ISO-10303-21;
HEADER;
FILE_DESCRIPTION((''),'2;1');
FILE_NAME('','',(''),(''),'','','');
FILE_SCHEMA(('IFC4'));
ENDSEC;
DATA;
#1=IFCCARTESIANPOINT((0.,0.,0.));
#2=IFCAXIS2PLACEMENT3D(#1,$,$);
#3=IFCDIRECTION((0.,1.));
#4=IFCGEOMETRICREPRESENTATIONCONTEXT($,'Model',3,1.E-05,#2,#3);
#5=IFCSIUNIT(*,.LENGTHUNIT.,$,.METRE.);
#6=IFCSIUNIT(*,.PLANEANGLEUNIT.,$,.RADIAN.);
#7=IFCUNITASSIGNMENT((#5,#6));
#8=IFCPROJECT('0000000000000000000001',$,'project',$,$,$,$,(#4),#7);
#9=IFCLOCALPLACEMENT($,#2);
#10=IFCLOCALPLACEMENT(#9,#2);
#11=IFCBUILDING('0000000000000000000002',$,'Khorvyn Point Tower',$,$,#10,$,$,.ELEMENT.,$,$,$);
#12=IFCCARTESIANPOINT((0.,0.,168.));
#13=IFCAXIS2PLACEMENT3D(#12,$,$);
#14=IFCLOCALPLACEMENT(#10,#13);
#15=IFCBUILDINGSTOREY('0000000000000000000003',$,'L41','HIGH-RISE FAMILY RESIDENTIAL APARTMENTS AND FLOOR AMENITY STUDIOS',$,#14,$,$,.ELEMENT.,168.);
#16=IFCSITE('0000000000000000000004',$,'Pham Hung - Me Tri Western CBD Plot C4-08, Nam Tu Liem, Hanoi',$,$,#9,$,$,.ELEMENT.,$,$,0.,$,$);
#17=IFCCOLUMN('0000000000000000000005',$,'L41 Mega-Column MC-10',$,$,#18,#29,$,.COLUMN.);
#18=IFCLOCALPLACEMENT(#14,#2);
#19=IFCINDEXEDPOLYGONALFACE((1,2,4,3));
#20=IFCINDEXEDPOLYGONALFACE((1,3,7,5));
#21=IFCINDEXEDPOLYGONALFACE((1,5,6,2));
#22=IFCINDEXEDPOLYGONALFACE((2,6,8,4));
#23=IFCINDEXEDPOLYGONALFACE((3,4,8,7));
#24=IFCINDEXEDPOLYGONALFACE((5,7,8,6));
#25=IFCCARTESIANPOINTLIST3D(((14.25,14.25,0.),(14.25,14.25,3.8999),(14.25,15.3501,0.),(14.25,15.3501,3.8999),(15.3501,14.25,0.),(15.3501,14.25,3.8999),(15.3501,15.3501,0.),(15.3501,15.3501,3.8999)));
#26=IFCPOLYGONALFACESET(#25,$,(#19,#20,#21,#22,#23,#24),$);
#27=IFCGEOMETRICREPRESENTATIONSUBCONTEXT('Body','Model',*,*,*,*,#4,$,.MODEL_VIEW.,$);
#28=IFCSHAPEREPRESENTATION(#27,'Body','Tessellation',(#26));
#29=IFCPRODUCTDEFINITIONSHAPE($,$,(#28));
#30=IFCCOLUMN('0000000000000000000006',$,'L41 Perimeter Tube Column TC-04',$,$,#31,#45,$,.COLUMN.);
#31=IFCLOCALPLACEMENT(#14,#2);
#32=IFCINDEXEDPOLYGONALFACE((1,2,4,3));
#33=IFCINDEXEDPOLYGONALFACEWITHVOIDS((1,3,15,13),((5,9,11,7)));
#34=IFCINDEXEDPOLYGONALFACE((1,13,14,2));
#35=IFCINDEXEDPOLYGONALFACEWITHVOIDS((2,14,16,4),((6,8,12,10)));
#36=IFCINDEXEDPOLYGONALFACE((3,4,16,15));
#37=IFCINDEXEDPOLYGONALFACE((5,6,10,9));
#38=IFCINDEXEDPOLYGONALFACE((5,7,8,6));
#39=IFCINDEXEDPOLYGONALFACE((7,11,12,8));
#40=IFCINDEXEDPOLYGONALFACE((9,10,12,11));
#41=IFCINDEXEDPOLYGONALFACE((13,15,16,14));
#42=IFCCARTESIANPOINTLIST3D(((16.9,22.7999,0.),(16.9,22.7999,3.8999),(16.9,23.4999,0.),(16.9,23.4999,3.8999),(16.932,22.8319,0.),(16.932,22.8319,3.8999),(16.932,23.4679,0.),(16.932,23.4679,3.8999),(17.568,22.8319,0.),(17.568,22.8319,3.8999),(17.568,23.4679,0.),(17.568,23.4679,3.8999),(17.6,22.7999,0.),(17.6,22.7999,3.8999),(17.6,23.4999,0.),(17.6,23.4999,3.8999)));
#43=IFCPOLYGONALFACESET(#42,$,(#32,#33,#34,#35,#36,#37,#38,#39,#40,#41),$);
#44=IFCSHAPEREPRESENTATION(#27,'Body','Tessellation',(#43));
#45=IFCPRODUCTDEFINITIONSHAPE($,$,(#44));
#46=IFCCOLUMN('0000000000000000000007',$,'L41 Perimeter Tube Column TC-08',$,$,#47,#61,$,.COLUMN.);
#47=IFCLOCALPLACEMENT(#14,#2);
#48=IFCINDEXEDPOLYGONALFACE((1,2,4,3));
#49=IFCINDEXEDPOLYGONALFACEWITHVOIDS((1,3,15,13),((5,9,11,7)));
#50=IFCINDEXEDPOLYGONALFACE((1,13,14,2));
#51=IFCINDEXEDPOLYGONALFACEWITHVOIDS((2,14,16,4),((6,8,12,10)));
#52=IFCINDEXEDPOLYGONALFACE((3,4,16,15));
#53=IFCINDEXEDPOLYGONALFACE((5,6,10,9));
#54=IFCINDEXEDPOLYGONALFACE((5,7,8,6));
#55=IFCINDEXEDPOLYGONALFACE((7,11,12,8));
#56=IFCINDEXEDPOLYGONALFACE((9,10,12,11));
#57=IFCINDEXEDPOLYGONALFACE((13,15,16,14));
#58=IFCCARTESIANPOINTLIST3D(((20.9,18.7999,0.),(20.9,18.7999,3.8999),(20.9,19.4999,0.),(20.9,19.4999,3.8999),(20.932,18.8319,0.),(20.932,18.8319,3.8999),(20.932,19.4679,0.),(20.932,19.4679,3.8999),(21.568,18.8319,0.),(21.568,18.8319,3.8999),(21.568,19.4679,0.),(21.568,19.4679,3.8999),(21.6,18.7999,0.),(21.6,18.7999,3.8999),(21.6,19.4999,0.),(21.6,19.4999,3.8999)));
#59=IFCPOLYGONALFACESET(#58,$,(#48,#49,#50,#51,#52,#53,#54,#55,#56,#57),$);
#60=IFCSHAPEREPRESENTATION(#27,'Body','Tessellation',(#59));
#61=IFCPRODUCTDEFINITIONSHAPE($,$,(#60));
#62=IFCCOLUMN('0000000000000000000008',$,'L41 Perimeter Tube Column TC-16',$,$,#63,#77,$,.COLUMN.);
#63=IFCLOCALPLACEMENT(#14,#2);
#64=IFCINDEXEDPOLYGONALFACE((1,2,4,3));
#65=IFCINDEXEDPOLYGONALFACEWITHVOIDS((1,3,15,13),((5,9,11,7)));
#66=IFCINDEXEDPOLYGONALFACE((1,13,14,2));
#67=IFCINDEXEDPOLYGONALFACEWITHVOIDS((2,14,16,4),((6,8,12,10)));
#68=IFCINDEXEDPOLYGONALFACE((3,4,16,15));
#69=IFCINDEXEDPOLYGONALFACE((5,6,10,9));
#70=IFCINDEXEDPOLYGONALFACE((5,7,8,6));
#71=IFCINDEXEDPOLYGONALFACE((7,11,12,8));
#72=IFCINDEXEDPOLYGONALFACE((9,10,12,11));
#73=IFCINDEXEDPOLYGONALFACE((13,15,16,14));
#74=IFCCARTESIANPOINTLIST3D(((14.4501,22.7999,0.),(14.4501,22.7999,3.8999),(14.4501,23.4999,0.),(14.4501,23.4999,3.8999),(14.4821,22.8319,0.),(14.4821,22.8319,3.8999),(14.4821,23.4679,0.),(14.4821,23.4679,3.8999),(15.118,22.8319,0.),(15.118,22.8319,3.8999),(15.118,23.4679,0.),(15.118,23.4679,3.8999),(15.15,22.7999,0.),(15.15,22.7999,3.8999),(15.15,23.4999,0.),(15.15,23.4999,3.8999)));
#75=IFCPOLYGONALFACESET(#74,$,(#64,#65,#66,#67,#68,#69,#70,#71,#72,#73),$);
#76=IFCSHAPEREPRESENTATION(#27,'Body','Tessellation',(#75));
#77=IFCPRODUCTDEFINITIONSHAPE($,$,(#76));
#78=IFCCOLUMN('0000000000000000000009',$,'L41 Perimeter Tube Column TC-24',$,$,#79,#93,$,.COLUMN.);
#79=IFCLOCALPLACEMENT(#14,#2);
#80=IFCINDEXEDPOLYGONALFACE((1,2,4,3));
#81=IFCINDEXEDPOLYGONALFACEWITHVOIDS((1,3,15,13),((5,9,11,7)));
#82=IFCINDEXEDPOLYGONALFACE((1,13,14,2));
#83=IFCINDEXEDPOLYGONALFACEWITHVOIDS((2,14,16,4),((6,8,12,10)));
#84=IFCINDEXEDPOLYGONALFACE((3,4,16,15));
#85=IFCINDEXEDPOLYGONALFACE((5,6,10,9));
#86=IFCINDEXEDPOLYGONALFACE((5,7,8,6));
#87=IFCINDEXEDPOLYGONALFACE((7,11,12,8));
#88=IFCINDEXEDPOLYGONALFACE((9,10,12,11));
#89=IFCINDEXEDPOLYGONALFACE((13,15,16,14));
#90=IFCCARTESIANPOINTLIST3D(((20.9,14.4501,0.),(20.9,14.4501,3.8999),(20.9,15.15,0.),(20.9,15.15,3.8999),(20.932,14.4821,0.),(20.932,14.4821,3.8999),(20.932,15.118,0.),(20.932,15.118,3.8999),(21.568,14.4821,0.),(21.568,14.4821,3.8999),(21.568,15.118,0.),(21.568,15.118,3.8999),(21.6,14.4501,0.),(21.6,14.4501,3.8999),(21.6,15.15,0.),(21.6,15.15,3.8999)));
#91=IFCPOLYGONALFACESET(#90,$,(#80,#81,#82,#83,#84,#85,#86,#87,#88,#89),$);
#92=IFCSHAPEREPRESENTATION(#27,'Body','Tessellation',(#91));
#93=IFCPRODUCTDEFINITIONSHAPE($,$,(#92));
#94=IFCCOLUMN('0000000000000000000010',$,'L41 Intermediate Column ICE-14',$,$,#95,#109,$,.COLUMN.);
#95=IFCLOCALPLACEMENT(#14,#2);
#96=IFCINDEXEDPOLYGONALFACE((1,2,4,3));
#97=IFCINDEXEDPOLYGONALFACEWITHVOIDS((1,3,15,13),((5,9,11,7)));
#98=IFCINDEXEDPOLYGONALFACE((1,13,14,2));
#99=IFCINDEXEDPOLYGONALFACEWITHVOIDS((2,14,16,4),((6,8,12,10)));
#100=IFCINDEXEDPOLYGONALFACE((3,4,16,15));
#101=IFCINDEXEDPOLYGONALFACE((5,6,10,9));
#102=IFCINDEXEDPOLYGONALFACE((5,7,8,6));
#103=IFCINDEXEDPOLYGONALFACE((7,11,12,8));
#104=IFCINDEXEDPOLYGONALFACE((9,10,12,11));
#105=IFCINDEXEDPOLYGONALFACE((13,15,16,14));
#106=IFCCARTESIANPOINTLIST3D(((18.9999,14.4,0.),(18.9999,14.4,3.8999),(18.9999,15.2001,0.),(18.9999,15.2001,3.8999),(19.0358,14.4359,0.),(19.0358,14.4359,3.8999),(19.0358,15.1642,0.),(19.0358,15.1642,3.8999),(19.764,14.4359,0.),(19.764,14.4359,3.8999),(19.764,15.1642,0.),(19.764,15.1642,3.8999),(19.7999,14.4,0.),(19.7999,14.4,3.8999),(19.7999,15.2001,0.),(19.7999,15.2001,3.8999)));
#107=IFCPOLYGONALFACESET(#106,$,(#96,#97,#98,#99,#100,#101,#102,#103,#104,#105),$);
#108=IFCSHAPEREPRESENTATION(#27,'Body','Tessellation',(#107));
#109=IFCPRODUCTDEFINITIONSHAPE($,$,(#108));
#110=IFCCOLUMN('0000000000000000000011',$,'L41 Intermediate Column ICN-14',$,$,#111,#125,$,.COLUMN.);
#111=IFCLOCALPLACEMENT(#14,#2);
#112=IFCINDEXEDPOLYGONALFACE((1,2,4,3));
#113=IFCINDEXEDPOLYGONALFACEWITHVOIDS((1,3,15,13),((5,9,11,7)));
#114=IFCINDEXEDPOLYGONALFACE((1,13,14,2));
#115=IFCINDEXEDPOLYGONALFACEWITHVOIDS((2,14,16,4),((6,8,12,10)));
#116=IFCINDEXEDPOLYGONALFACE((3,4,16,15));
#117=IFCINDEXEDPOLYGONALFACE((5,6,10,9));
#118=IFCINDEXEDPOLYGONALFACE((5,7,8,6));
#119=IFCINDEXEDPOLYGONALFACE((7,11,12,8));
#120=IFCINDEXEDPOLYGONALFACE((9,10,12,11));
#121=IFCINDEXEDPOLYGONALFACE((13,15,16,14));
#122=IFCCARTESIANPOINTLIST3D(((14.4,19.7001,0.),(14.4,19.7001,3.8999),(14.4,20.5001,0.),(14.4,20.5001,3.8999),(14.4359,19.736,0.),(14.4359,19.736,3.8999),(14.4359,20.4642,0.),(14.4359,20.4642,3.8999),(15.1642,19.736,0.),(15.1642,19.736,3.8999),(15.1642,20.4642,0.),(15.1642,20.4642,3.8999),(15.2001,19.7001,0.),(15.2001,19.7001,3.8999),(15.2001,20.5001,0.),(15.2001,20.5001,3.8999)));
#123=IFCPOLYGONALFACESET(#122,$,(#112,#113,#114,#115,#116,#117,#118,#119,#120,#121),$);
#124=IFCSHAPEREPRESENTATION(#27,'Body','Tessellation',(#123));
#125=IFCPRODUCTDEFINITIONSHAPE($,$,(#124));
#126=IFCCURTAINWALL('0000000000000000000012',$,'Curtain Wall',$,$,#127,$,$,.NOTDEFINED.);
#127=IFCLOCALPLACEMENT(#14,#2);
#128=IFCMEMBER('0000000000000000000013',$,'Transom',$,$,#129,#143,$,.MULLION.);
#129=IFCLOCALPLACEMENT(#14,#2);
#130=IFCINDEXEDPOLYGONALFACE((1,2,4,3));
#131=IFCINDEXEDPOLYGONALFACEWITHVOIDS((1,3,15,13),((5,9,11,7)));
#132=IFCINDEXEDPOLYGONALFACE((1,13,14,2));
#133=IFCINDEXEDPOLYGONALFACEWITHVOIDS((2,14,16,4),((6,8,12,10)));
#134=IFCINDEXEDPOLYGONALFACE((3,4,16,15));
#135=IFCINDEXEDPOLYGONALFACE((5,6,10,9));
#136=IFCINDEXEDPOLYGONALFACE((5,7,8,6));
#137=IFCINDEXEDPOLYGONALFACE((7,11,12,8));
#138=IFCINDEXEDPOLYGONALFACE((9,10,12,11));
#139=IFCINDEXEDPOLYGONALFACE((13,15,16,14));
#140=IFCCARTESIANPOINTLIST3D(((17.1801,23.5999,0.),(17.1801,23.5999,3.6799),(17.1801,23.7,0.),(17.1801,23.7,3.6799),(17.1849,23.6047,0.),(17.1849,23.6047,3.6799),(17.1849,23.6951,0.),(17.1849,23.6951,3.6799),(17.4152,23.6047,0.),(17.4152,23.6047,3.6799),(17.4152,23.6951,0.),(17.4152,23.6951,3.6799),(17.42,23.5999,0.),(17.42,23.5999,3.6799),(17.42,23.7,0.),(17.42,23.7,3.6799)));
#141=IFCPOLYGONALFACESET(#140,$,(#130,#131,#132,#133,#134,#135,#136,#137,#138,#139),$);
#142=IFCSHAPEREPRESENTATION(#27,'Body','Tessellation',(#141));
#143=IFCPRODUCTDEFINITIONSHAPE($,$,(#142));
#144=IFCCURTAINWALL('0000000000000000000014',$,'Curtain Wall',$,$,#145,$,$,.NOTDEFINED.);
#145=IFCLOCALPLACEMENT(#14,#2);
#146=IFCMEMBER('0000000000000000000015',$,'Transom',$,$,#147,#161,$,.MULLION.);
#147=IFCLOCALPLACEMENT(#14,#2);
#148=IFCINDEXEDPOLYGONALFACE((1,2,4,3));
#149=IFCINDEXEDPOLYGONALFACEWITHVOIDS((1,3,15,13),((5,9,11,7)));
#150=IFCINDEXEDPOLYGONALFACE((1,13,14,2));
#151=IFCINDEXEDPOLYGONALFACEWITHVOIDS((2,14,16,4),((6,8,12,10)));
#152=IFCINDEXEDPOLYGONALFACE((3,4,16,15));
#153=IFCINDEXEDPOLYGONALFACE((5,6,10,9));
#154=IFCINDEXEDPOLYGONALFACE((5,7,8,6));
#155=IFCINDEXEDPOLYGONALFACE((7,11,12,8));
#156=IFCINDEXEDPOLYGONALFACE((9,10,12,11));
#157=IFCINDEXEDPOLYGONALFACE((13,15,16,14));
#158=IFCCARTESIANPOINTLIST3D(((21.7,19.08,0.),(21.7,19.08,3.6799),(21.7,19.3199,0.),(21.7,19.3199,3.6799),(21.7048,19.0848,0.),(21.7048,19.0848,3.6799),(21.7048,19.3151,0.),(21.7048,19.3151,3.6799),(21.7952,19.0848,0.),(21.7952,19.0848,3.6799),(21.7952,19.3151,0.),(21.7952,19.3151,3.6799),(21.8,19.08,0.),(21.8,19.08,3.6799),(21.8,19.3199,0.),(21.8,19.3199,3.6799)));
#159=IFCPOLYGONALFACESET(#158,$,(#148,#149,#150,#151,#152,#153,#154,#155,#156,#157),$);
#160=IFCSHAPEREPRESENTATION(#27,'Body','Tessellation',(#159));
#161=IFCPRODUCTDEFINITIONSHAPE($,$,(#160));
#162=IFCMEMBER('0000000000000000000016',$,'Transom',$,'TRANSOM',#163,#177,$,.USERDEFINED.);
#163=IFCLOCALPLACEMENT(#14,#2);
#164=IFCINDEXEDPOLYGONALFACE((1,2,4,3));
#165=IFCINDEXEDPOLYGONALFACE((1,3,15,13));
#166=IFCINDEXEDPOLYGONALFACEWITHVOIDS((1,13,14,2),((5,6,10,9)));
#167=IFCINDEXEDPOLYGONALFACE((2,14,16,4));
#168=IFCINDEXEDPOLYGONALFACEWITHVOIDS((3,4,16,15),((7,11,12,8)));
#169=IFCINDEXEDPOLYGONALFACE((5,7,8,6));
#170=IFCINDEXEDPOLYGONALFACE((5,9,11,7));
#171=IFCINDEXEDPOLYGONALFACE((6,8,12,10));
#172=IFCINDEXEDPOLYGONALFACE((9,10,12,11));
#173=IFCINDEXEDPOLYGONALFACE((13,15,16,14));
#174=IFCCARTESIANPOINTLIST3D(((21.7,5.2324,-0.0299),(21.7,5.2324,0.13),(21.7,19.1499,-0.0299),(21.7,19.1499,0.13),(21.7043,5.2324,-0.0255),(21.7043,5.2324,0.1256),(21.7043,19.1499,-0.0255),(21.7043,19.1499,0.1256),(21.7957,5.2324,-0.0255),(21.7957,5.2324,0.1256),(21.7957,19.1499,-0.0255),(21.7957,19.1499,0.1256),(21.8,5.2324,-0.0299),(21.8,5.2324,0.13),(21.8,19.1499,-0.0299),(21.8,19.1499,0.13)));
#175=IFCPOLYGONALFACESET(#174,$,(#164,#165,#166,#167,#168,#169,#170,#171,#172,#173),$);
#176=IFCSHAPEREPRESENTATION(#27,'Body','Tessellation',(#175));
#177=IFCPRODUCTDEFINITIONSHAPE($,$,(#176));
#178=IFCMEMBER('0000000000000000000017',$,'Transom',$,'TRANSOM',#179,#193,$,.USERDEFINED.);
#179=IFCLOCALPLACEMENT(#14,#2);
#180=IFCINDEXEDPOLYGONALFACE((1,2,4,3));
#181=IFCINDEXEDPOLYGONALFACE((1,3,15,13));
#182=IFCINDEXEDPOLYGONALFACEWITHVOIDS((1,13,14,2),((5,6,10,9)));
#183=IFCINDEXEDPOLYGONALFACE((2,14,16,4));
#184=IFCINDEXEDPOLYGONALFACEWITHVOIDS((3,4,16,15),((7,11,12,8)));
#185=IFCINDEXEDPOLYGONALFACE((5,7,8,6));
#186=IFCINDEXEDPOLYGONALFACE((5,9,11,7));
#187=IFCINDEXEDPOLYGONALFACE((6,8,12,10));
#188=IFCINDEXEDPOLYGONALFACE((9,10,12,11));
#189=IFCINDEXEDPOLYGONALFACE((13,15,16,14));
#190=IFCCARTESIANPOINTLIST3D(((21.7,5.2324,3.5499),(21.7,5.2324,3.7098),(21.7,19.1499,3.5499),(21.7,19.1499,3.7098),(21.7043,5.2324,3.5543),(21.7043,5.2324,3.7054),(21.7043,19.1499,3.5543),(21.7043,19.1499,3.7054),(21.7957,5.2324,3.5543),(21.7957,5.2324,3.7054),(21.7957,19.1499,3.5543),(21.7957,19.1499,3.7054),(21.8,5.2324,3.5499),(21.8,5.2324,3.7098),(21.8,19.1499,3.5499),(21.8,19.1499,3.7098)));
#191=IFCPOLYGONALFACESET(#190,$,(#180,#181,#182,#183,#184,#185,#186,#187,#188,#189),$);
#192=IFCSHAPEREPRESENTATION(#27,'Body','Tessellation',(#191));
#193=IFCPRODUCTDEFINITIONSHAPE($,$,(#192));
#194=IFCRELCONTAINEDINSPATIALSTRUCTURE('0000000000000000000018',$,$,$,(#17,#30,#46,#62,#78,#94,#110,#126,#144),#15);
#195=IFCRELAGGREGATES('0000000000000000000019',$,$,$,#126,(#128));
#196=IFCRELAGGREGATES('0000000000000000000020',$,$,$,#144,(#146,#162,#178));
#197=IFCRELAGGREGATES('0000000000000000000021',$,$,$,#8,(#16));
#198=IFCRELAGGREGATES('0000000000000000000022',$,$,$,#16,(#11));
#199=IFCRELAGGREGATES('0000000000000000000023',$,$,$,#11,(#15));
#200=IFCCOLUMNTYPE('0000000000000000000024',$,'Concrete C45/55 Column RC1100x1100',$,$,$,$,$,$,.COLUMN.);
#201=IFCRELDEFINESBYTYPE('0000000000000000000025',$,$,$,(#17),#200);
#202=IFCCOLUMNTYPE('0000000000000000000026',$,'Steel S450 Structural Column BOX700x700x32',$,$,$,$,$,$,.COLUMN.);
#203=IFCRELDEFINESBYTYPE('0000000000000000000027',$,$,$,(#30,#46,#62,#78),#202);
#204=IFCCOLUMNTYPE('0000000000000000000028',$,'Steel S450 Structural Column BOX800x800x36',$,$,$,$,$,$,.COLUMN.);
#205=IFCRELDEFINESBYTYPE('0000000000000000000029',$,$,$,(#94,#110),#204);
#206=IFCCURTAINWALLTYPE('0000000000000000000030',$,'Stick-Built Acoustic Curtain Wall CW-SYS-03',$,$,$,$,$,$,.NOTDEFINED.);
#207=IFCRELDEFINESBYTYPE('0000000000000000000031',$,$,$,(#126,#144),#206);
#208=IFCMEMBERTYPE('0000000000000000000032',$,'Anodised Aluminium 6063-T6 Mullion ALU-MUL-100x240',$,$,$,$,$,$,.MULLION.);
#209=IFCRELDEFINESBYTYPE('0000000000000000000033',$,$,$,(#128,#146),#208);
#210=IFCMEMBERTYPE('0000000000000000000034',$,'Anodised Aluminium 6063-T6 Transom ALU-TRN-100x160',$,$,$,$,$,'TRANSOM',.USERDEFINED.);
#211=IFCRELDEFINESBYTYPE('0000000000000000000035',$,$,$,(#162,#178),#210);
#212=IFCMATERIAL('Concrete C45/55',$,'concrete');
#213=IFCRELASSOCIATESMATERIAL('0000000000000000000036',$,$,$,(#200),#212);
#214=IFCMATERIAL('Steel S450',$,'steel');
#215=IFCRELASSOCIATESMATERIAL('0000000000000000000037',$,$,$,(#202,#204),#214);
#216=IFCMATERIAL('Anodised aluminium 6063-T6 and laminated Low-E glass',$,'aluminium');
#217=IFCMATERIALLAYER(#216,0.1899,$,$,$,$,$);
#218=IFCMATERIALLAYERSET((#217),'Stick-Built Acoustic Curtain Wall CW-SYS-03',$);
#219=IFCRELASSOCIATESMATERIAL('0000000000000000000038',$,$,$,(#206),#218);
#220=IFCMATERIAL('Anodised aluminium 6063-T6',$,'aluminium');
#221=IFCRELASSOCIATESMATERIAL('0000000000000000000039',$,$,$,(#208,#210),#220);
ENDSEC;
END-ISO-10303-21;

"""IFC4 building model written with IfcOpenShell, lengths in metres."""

from ifc_helpers import new_model, si_unit, direction, frame, origin, origin_2d, place, context, subcontext, project, spatial, rectangle, hollow_rectangle, extrude, material, layer, layer_set, material_profile, profile_set, type_object, element, aggregate, save


model = new_model("IFC4")

# Units and contexts
model_context = context("Model", 3, precision=1e-05, world=origin(), true_north=direction((0.0, 1.0)))
body_context = subcontext(model_context, "Body", "Model", "MODEL_VIEW")
ifc_project = project(units=[si_unit("LENGTHUNIT", "METRE"), si_unit("PLANEANGLEUNIT", "RADIAN")], contexts=[model_context])

# Site, building, storey
site_placement = place(None, origin())
site = spatial("IfcSite", under=ifc_project, at=site_placement, Name="Pham Hung - Me Tri Western CBD Plot C4-08, Nam Tu Liem, Hanoi", CompositionType="ELEMENT", RefElevation=0.0)
building_placement = place(site_placement, origin())
building = spatial("IfcBuilding", under=site, at=building_placement, Name="Khorvyn Point Tower", CompositionType="ELEMENT")
storey_placement = place(building_placement, frame((0.0, 0.0, 168.0)))
storey = spatial("IfcBuildingStorey", under=building, at=storey_placement, Name="L41", Description="HIGH-RISE FAMILY RESIDENTIAL APARTMENTS AND FLOOR AMENITY STUDIOS", CompositionType="ELEMENT", Elevation=168.0)

# Columns
ifc_material_1 = material(Name="Concrete C45/55", Category="concrete")
ifc_material_profile_1 = material_profile(ifc_material_1, rectangle(XDim=1.1001, YDim=1.1001, at=origin_2d()))
ifc_profile_set_1 = profile_set([ifc_material_profile_1], Name="Concrete C45/55 RC1100x1100")
column_type_1 = type_object("IfcColumnType", Name="Concrete C45/55 Column RC1100x1100", PredefinedType="COLUMN", material=ifc_profile_set_1)
column_placement = place(storey_placement, frame((14.8, 14.8, 0.0), z_axis=(0.0, 0.0, 1.0), x_axis=(1.0, 0.0, 0.0)))
element("IfcColumn", 1, at=column_placement, inside=storey, type_object=column_type_1, Name="L41 Mega-Column MC-10", PredefinedType="COLUMN", context=body_context, shape_type="SweptSolid", body=[
    extrude(rectangle(XDim=1.1001, YDim=1.1001, at=origin_2d()), origin(), (0.0, 0.0, 1.0), 3.8999),
])
ifc_material_2 = material(Name="Steel S450", Category="steel")
ifc_material_profile_2 = material_profile(ifc_material_2, hollow_rectangle(XDim=0.7, YDim=0.7, WallThickness=0.032, at=origin_2d()))
ifc_profile_set_2 = profile_set([ifc_material_profile_2], Name="Steel S450 BOX700x700x32")
column_type_2 = type_object("IfcColumnType", Name="Steel S450 Structural Column BOX700x700x32", PredefinedType="COLUMN", material=ifc_profile_set_2)
for number, where, z_axis, x_axis, name in (
    (2, (17.25, 23.1499, 0.0), (0.0, 0.0, 1.0), (1.0, 0.0, 0.0), "L41 Perimeter Tube Column TC-04"),
    (3, (21.25, 19.1499, 0.0), (0.0, 0.0, 1.0), (1.0, 0.0, 0.0), "L41 Perimeter Tube Column TC-08"),
    (4, (14.8, 23.1499, 0.0), (0.0, 0.0, 1.0), (1.0, 0.0, 0.0), "L41 Perimeter Tube Column TC-16"),
    (5, (21.25, 14.8, 0.0), (0.0, 0.0, 1.0), (1.0, 0.0, 0.0), "L41 Perimeter Tube Column TC-24"),
):
    element("IfcColumn", number, at=place(storey_placement, frame(where, z_axis=z_axis, x_axis=x_axis)), inside=storey, type_object=column_type_2, Name=name, PredefinedType="COLUMN", context=body_context, shape_type="SweptSolid", body=[
        extrude(hollow_rectangle(XDim=0.7, YDim=0.7, WallThickness=0.032, at=origin_2d()), origin(), (0.0, 0.0, 1.0), 3.8999),
    ])
ifc_material_profile_3 = material_profile(ifc_material_2, hollow_rectangle(XDim=0.8, YDim=0.8, WallThickness=0.0359, at=origin_2d()))
ifc_profile_set_3 = profile_set([ifc_material_profile_3], Name="Steel S450 BOX800x800x36")
column_type_3 = type_object("IfcColumnType", Name="Steel S450 Structural Column BOX800x800x36", PredefinedType="COLUMN", material=ifc_profile_set_3)
for number, where, z_axis, x_axis, name in (
    (6, (19.3999, 14.8, 0.0), (0.0, 0.0, 1.0), (1.0, 0.0, 0.0), "L41 Intermediate Column ICE-14"),
    (7, (14.8, 20.1001, 0.0), (0.0, 0.0, 1.0), (1.0, 0.0, 0.0), "L41 Intermediate Column ICN-14"),
):
    element("IfcColumn", number, at=place(storey_placement, frame(where, z_axis=z_axis, x_axis=x_axis)), inside=storey, type_object=column_type_3, Name=name, PredefinedType="COLUMN", context=body_context, shape_type="SweptSolid", body=[
        extrude(hollow_rectangle(XDim=0.8, YDim=0.8, WallThickness=0.0359, at=origin_2d()), origin(), (0.0, 0.0, 1.0), 3.8999),
    ])

# Curtain wall, member
ifc_material_3 = material(Name="Anodised aluminium 6063-T6 and laminated Low-E glass", Category="aluminium")
ifc_layer_1 = layer(ifc_material_3, 0.1899)
ifc_layer_set_1 = layer_set([ifc_layer_1], Name="Stick-Built Acoustic Curtain Wall CW-SYS-03")
curtain_wall_type = type_object("IfcCurtainWallType", Name="Stick-Built Acoustic Curtain Wall CW-SYS-03", PredefinedType="NOTDEFINED", material=ifc_layer_set_1)
curtain_wall_1_placement = place(storey_placement, origin())
curtain_wall_1 = element("IfcCurtainWall", 8, at=curtain_wall_1_placement, inside=storey, type_object=curtain_wall_type, Name="Curtain Wall", PredefinedType="NOTDEFINED")
ifc_material_4 = material(Name="Anodised aluminium 6063-T6", Category="aluminium")
ifc_material_profile_4 = material_profile(ifc_material_4, hollow_rectangle(XDim=0.1001, YDim=0.24, WallThickness=0.0049, at=origin_2d()))
ifc_profile_set_4 = profile_set([ifc_material_profile_4], Name="Anodised aluminium 6063-T6 ALU-MUL-100x240")
member_type_1 = type_object("IfcMemberType", Name="Anodised Aluminium 6063-T6 Mullion ALU-MUL-100x240", PredefinedType="MULLION", material=ifc_profile_set_4)
member_1_placement = place(storey_placement, frame((17.3, 23.6499, 0.0), z_axis=(0.0, 0.0, 1.0), x_axis=(0.0, 1.0, 0.0)))
member_1 = element("IfcMember", 9, at=member_1_placement, type_object=member_type_1, Name="Transom", PredefinedType="MULLION", context=body_context, shape_type="SweptSolid", body=[
    extrude(hollow_rectangle(XDim=0.1001, YDim=0.24, WallThickness=0.0049, at=origin_2d()), origin(), (0.0, 0.0, 1.0), 3.6799),
])

# Curtain wall, members
curtain_wall_2_placement = place(storey_placement, origin())
curtain_wall_2 = element("IfcCurtainWall", 10, at=curtain_wall_2_placement, inside=storey, type_object=curtain_wall_type, Name="Curtain Wall", PredefinedType="NOTDEFINED")
member_2_placement = place(storey_placement, frame((21.75, 19.2, 0.0), z_axis=(0.0, 0.0, 1.0), x_axis=(1.0, 0.0, 0.0)))
member_2 = element("IfcMember", 11, at=member_2_placement, type_object=member_type_1, Name="Transom", PredefinedType="MULLION", context=body_context, shape_type="SweptSolid", body=[
    extrude(hollow_rectangle(XDim=0.1001, YDim=0.24, WallThickness=0.0049, at=origin_2d()), origin(), (0.0, 0.0, 1.0), 3.6799),
])
ifc_material_profile_5 = material_profile(ifc_material_4, hollow_rectangle(XDim=0.1001, YDim=0.1599, WallThickness=0.0044, at=origin_2d()))
ifc_profile_set_5 = profile_set([ifc_material_profile_5], Name="Anodised aluminium 6063-T6 ALU-TRN-100x160")
member_type_2 = type_object("IfcMemberType", Name="Anodised Aluminium 6063-T6 Transom ALU-TRN-100x160", ElementType="TRANSOM", PredefinedType="USERDEFINED", material=ifc_profile_set_5)
member_3_placement = place(storey_placement, frame((21.75, 19.1499, 0.05), z_axis=(0.0, -1.0, 0.0), x_axis=(1.0, 0.0, 0.0)))
member_3 = element("IfcMember", 12, at=member_3_placement, type_object=member_type_2, Name="Transom", ObjectType="TRANSOM", PredefinedType="USERDEFINED", context=body_context, shape_type="SweptSolid", body=[
    extrude(hollow_rectangle(XDim=0.1001, YDim=0.1599, WallThickness=0.0044, at=origin_2d()), origin(), (0.0, 0.0, 1.0), 13.9175),
])
member_4_placement = place(storey_placement, frame((21.75, 19.1499, 3.6299), z_axis=(0.0, -1.0, 0.0), x_axis=(1.0, 0.0, 0.0)))
member_4 = element("IfcMember", 13, at=member_4_placement, type_object=member_type_2, Name="Transom", ObjectType="TRANSOM", PredefinedType="USERDEFINED", context=body_context, shape_type="SweptSolid", body=[
    extrude(hollow_rectangle(XDim=0.1001, YDim=0.1599, WallThickness=0.0044, at=origin_2d()), origin(), (0.0, 0.0, 1.0), 13.9175),
])

aggregate(curtain_wall_1, [member_1])
aggregate(curtain_wall_2, [member_2, member_3, member_4])

save(model, "model.ifc")
